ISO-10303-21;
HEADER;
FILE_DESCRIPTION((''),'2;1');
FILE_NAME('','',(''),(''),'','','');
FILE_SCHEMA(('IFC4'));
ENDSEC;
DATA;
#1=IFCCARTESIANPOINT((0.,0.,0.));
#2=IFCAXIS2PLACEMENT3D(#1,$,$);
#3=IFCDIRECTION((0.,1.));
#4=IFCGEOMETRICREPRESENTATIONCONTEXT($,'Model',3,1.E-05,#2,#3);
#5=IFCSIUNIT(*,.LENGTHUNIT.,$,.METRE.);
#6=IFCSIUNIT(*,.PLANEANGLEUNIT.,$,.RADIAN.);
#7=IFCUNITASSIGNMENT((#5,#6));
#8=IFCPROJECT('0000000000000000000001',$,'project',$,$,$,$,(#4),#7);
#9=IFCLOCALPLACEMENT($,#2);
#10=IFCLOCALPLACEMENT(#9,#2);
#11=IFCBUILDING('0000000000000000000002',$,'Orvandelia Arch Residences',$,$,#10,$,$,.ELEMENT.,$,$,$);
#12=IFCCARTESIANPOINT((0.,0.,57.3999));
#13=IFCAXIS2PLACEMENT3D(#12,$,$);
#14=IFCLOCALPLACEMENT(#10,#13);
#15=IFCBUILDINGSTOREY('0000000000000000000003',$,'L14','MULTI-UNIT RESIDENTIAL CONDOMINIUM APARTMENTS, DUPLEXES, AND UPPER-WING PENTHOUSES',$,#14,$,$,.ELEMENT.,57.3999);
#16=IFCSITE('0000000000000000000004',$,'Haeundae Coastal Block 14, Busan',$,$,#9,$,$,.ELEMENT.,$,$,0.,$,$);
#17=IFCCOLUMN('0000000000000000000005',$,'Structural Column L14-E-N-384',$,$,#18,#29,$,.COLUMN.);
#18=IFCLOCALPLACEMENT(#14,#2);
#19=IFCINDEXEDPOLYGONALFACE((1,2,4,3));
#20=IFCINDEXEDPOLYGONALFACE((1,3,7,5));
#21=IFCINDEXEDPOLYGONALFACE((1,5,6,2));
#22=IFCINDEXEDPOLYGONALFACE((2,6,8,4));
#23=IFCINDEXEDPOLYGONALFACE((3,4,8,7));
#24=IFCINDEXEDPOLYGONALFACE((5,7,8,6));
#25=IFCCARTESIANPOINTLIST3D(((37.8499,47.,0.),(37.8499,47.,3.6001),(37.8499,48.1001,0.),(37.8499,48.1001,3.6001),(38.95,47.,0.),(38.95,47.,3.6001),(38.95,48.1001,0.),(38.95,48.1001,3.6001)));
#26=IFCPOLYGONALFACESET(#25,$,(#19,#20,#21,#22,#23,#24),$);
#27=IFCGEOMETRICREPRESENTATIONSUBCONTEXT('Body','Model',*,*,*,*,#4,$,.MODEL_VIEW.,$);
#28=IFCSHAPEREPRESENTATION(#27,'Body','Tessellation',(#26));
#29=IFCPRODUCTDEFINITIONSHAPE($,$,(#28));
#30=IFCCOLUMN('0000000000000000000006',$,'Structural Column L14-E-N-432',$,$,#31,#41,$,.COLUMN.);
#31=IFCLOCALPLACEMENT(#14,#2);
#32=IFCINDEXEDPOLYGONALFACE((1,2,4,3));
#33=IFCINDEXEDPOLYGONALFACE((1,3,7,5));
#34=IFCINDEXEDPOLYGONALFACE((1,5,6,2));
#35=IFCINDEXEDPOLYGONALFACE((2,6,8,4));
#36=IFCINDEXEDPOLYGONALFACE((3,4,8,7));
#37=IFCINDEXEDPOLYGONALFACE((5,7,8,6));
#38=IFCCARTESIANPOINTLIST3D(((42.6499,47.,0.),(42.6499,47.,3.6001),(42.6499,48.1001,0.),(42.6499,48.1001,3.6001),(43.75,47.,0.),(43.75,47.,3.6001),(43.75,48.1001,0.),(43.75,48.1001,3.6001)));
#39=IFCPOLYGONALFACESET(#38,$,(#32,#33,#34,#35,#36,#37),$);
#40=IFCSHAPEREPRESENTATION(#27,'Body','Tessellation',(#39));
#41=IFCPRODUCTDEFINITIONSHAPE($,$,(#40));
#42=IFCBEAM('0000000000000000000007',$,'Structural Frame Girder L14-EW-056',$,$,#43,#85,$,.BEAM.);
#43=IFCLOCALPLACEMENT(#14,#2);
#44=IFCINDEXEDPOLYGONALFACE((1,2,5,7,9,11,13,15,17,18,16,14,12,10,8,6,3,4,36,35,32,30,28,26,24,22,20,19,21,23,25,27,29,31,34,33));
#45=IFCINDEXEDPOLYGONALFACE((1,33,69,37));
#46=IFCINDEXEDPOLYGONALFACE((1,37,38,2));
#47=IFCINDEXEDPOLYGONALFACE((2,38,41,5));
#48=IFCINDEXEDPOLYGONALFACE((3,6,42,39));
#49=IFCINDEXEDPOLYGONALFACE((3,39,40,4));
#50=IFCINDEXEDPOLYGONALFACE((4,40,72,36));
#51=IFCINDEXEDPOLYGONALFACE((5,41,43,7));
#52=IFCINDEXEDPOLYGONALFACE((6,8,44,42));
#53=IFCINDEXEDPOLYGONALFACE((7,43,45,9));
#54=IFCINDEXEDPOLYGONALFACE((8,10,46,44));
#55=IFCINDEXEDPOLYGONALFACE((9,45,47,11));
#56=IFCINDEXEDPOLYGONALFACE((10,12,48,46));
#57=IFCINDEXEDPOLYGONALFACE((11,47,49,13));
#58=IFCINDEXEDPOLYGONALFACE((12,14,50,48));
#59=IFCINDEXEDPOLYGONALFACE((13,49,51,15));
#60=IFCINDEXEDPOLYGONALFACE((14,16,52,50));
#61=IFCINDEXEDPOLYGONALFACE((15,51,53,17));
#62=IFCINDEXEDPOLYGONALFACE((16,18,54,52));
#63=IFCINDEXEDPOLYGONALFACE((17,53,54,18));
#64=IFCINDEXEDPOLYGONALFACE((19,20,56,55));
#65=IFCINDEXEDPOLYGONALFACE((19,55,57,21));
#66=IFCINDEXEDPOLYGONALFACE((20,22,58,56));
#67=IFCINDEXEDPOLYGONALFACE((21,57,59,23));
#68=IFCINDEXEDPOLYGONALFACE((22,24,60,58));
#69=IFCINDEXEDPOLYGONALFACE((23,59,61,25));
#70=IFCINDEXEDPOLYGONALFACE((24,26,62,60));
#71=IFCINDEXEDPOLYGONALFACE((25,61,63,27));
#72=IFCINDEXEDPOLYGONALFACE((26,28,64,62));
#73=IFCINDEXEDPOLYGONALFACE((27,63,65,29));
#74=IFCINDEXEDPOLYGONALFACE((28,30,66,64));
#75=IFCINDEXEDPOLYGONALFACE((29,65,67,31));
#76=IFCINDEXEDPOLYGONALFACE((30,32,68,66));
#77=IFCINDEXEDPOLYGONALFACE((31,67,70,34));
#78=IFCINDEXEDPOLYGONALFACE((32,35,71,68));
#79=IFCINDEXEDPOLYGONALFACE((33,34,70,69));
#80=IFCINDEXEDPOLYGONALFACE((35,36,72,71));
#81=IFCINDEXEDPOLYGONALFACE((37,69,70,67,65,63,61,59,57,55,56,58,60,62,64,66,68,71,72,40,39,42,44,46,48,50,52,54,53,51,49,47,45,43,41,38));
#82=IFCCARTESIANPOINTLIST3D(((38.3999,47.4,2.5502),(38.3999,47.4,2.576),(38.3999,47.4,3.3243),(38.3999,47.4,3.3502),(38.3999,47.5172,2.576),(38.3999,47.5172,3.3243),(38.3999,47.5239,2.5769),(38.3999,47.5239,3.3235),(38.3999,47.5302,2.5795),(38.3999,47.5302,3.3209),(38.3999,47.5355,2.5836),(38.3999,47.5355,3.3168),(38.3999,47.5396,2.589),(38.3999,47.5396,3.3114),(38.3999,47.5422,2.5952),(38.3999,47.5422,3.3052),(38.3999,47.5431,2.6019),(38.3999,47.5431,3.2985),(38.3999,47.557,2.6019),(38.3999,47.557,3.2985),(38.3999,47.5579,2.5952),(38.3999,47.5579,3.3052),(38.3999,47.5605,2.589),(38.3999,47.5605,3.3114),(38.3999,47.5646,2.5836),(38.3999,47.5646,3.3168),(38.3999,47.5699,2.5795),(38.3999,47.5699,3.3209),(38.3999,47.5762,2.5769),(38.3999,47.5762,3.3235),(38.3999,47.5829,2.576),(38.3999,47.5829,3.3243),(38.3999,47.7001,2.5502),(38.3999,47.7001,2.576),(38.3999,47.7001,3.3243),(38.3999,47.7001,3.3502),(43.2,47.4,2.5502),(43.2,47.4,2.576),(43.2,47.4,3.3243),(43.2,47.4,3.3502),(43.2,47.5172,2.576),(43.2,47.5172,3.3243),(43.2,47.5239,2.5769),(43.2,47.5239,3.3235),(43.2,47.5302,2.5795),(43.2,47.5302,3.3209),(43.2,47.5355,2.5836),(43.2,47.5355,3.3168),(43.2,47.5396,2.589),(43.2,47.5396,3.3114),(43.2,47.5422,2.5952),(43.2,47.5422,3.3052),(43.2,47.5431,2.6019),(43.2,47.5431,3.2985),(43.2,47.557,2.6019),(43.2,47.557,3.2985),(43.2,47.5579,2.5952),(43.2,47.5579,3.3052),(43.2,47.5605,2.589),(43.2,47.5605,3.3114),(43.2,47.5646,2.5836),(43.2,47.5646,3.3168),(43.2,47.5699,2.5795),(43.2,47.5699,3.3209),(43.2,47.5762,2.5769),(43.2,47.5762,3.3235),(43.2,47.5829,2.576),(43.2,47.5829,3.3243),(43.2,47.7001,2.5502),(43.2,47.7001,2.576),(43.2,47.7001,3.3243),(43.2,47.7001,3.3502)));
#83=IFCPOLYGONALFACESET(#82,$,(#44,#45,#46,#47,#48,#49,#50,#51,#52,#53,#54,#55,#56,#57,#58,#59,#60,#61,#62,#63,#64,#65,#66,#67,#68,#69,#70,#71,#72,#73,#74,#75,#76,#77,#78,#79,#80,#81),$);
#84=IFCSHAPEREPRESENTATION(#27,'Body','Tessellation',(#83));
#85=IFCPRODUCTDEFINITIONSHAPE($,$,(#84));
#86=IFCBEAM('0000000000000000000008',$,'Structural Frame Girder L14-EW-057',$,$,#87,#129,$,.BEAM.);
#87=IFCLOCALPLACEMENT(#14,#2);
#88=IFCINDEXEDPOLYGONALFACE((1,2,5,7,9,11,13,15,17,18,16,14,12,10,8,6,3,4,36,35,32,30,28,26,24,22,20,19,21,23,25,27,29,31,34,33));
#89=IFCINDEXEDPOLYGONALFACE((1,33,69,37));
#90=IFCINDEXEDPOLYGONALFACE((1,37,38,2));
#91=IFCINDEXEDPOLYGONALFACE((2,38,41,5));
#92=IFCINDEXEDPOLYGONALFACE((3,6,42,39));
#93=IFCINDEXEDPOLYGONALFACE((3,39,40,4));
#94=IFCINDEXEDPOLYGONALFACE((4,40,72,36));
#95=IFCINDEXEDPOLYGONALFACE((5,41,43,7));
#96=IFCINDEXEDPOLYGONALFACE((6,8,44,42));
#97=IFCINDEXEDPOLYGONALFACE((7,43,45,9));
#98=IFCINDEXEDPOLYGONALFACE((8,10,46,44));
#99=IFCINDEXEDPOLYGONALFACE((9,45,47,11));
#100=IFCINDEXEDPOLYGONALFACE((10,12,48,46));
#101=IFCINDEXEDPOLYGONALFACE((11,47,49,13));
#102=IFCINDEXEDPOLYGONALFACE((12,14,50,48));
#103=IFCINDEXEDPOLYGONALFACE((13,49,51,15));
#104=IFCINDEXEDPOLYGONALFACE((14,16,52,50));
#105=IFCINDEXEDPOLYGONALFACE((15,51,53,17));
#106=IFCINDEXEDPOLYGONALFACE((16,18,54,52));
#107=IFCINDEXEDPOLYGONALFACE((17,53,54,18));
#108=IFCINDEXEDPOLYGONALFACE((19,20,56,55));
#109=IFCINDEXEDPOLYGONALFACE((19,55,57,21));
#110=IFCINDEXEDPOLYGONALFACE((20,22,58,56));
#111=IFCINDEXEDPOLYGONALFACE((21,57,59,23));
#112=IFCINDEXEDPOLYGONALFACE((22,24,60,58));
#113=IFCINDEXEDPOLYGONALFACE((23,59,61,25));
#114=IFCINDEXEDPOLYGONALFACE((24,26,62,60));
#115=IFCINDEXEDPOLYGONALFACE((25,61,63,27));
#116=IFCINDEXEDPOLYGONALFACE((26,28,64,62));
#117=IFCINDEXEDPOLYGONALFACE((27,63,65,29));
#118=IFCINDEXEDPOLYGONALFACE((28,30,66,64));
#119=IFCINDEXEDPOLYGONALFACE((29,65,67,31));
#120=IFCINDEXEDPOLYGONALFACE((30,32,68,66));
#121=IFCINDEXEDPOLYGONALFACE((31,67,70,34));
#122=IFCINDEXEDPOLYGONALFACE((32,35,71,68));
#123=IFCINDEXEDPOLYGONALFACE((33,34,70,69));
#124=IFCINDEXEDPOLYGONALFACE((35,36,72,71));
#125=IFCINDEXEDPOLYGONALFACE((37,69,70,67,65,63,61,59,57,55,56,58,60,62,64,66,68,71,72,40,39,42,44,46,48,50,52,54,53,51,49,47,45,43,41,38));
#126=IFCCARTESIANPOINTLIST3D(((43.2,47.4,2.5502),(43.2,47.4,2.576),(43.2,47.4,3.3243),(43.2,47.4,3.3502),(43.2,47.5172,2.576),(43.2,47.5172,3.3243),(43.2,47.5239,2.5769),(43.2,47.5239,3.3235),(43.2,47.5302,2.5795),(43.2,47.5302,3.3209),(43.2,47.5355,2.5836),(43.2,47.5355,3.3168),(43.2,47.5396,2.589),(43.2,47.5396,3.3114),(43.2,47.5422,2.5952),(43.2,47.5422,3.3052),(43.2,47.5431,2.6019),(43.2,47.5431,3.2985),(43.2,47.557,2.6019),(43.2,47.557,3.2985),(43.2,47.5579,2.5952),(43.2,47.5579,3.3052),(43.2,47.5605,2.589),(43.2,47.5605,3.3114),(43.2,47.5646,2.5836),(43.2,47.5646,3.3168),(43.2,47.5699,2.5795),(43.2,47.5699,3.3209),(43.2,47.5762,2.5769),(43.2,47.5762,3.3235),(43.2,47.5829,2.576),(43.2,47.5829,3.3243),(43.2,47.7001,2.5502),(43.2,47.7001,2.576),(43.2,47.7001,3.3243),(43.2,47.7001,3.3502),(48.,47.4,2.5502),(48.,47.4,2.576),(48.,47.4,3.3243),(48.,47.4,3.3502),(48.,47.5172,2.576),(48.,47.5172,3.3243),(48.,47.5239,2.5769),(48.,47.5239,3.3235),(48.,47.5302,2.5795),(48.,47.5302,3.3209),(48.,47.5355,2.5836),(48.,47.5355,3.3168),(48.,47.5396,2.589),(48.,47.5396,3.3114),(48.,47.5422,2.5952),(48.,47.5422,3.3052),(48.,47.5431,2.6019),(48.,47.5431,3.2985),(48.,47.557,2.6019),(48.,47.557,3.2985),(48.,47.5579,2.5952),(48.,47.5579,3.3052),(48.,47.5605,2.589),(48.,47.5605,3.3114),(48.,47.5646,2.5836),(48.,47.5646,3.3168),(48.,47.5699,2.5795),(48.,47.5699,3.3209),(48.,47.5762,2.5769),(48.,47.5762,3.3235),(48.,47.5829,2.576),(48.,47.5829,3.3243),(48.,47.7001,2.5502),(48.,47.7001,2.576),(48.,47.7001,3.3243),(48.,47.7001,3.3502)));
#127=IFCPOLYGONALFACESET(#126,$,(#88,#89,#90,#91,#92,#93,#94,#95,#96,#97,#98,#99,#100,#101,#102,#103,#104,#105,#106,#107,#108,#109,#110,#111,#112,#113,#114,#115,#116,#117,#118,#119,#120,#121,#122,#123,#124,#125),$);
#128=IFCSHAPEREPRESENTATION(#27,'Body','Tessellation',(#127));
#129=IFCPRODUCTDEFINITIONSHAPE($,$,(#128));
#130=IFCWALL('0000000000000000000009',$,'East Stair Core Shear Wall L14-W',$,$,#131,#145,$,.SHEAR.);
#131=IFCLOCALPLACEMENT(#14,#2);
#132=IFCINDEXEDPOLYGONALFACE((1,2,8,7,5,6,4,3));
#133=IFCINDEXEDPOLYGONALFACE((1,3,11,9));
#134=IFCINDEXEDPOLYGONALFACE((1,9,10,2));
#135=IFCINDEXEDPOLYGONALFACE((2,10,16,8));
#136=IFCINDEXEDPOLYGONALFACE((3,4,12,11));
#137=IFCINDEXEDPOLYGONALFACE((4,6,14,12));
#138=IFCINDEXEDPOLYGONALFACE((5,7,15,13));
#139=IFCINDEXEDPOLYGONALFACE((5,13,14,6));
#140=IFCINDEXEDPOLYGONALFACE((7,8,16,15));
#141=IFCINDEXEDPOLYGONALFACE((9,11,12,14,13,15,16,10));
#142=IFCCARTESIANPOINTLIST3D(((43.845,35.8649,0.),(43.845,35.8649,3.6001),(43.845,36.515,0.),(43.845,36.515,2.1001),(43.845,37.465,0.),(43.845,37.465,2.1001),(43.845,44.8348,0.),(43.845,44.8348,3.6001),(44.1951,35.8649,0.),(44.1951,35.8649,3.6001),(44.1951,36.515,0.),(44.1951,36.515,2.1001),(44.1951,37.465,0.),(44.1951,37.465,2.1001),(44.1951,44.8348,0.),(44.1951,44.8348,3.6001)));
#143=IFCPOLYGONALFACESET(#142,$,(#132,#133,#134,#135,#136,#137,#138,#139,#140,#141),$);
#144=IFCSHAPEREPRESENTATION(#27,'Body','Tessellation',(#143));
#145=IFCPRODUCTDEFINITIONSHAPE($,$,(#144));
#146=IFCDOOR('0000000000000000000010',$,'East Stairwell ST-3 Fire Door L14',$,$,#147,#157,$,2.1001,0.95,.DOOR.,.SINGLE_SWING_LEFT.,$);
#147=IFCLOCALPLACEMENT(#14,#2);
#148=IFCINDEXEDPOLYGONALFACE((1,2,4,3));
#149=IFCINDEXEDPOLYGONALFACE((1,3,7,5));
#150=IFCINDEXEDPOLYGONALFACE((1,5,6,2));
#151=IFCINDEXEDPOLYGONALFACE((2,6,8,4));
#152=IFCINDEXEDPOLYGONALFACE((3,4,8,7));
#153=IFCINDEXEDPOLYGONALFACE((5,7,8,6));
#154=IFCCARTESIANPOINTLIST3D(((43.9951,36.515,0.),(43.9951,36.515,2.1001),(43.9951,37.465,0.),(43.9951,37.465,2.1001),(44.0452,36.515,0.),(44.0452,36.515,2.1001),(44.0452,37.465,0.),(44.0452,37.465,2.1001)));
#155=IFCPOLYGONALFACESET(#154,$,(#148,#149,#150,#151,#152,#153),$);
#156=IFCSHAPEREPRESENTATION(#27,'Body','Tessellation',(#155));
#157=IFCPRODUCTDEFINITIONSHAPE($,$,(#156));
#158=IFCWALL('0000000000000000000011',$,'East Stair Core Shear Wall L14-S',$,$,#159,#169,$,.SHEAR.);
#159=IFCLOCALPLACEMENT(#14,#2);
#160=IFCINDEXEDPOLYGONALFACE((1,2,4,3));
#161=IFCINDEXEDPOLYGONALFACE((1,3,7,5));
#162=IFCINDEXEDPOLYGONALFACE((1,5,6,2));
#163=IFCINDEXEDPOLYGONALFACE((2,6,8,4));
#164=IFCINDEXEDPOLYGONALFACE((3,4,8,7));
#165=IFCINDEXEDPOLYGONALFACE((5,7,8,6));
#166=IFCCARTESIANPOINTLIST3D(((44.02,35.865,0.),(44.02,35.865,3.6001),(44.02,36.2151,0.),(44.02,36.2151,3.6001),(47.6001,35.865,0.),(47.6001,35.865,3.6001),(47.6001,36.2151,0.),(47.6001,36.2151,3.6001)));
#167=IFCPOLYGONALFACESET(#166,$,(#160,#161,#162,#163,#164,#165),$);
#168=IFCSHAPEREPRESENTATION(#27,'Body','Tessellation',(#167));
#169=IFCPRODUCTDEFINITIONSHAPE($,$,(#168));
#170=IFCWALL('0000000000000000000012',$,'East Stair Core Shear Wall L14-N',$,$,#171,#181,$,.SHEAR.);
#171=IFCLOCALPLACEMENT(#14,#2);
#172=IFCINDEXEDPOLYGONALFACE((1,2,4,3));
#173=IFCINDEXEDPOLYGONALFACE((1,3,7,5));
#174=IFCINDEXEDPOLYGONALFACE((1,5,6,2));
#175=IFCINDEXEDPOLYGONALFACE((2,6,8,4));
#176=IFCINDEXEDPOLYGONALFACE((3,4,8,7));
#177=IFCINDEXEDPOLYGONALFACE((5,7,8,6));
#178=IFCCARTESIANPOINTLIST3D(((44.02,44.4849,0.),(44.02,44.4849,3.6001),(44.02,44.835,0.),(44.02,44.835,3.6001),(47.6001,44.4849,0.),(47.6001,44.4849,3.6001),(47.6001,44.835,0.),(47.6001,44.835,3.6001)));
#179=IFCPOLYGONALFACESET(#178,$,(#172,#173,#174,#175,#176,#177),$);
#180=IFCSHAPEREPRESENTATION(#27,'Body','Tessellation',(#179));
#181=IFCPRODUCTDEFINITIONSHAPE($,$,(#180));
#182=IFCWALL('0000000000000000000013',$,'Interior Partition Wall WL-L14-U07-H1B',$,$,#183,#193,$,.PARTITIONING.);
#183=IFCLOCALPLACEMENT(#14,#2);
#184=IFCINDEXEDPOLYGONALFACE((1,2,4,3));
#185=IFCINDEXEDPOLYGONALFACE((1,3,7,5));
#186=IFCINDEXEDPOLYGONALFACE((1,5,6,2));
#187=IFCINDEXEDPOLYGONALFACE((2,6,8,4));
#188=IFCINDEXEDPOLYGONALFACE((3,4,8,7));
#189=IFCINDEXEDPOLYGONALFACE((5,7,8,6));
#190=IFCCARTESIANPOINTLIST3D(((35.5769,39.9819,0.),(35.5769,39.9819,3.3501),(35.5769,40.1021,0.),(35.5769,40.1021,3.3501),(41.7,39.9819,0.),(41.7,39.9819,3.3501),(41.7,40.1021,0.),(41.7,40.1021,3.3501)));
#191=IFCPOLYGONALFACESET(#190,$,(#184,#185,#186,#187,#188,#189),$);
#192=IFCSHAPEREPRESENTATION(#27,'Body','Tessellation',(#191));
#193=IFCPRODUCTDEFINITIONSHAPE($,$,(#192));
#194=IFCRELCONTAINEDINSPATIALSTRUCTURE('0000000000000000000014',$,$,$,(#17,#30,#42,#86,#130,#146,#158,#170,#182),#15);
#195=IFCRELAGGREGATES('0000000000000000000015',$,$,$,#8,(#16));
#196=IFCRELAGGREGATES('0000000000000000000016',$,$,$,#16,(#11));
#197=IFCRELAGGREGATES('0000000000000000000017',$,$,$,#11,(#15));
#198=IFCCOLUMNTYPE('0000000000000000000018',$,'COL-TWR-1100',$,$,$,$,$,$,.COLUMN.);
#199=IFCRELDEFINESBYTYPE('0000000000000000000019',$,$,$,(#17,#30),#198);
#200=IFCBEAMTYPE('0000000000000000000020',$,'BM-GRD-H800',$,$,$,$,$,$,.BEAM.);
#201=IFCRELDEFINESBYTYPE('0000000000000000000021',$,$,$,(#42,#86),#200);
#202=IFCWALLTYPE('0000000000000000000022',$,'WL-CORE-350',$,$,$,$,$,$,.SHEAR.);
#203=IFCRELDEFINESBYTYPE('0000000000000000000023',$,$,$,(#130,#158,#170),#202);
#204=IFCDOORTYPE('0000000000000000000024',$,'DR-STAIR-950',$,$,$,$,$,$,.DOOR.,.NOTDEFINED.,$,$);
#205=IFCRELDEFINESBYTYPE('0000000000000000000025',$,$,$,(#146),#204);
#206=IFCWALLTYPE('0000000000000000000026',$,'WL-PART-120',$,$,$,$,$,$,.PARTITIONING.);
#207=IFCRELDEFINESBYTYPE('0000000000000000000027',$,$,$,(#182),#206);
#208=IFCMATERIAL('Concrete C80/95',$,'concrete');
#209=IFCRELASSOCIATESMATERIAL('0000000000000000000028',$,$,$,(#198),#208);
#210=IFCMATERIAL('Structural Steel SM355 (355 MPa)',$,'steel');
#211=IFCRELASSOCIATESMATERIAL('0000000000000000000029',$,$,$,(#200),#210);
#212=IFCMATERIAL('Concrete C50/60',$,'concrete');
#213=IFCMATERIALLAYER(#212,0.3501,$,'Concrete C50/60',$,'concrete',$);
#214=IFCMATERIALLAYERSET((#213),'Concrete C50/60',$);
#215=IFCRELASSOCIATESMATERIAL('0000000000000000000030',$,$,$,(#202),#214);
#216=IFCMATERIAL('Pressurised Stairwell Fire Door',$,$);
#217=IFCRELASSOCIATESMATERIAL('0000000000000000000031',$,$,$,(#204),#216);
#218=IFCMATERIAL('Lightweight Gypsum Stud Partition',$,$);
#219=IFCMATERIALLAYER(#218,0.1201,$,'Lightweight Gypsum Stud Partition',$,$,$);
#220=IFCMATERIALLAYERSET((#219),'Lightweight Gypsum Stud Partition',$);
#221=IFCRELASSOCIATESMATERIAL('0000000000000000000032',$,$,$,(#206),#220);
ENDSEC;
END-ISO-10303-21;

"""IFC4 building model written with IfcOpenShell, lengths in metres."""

from ifc_helpers import new_model, si_unit, direction, frame, frame_2d, origin, origin_2d, place, context, subcontext, project, spatial, rectangle, i_section, extrude, material, layer, layer_set, material_profile, profile_set, type_object, element, fill, save


model = new_model("IFC4")

# Units and contexts
model_context = context("Model", 3, precision=1e-05, world=origin(), true_north=direction((0.0, 1.0)))
body_context = subcontext(model_context, "Body", "Model", "MODEL_VIEW")
ifc_project = project(units=[si_unit("LENGTHUNIT", "METRE"), si_unit("PLANEANGLEUNIT", "RADIAN")], contexts=[model_context])

# Site, building, storey
site_placement = place(None, origin())
site = spatial("IfcSite", under=ifc_project, at=site_placement, Name="Haeundae Coastal Block 14, Busan", CompositionType="ELEMENT", RefElevation=0.0)
building_placement = place(site_placement, origin())
building = spatial("IfcBuilding", under=site, at=building_placement, Name="Orvandelia Arch Residences", CompositionType="ELEMENT")
storey_placement = place(building_placement, frame((0.0, 0.0, 57.3999)))
storey = spatial("IfcBuildingStorey", under=building, at=storey_placement, Name="L14", Description="MULTI-UNIT RESIDENTIAL CONDOMINIUM APARTMENTS, DUPLEXES, AND UPPER-WING PENTHOUSES", CompositionType="ELEMENT", Elevation=57.3999)

# Columns
ifc_material_1 = material(Name="Concrete C80/95", Category="concrete")
ifc_material_profile_1 = material_profile(ifc_material_1, rectangle(XDim=1.1001, YDim=1.1001, at=origin_2d()), Name="Concrete C80/95", Category="concrete")
ifc_profile_set_1 = profile_set([ifc_material_profile_1], Name="Concrete C80/95")
column_type = type_object("IfcColumnType", Name="COL-TWR-1100", PredefinedType="COLUMN", material=ifc_profile_set_1)
for number, where, z_axis, x_axis, name in (
    (1, (38.3999, 47.55, 0.0), (0.0, 0.0, 1.0), (1.0, 0.0, 0.0), "Structural Column L14-E-N-384"),
    (2, (43.2, 47.55, 0.0), (0.0, 0.0, 1.0), (1.0, 0.0, 0.0), "Structural Column L14-E-N-432"),
):
    element("IfcColumn", number, at=place(storey_placement, frame(where, z_axis=z_axis, x_axis=x_axis)), inside=storey, type_object=column_type, Name=name, PredefinedType="COLUMN", context=body_context, shape_type="SweptSolid", body=[
        extrude(rectangle(XDim=1.1001, YDim=1.1001, at=origin_2d()), origin(), (0.0, 0.0, 1.0), 3.6001),
    ])

# Beams
ifc_material_2 = material(Name="Structural Steel SM355 (355 MPa)", Category="steel")
ifc_material_profile_2 = material_profile(ifc_material_2, i_section(OverallWidth=0.3, OverallDepth=0.8, WebThickness=0.0139, FlangeThickness=0.0259, FilletRadius=0.0259, at=origin_2d()), Name="Structural Steel SM355 (355 MPa)", Category="steel")
ifc_profile_set_2 = profile_set([ifc_material_profile_2], Name="Structural Steel SM355 (355 MPa)")
beam_type = type_object("IfcBeamType", Name="BM-GRD-H800", PredefinedType="BEAM", material=ifc_profile_set_2)
for number, where, z_axis, x_axis, name in (
    (3, (38.3999, 47.55, 2.9502), (1.0, 0.0, 0.0), (0.0, 1.0, 0.0), "Structural Frame Girder L14-EW-056"),
    (4, (43.2, 47.55, 2.9502), (1.0, 0.0, 0.0), (0.0, 1.0, 0.0), "Structural Frame Girder L14-EW-057"),
):
    element("IfcBeam", number, at=place(storey_placement, frame(where, z_axis=z_axis, x_axis=x_axis)), inside=storey, type_object=beam_type, Name=name, PredefinedType="BEAM", context=body_context, shape_type="SweptSolid", body=[
        extrude(i_section(OverallWidth=0.3, OverallDepth=0.8, WebThickness=0.0139, FlangeThickness=0.0259, FilletRadius=0.0259, at=origin_2d()), origin(), (0.0, 0.0, 1.0), 4.8),
    ])

# Wall, opening, door
ifc_material_3 = material(Name="Concrete C50/60", Category="concrete")
ifc_layer_1 = layer(ifc_material_3, 0.3501, Name="Concrete C50/60", Category="concrete")
ifc_layer_set_1 = layer_set([ifc_layer_1], Name="Concrete C50/60")
wall_type_1 = type_object("IfcWallType", Name="WL-CORE-350", PredefinedType="SHEAR", material=ifc_layer_set_1)
wall_1_placement = place(storey_placement, frame((44.02, 35.865, 0.0), z_axis=(0.0, 0.0, 1.0), x_axis=(0.0, 1.0, 0.0)))
wall_1 = element("IfcWall", 5, at=wall_1_placement, inside=storey, type_object=wall_type_1, Name="East Stair Core Shear Wall L14-W", PredefinedType="SHEAR", context=body_context, shape_type="SweptSolid", body=[
    extrude(rectangle(XDim=8.97, YDim=0.3501, at=frame_2d((4.4849, 0.0))), origin(), (0.0, 0.0, 1.0), 3.6001),
])
opening_1_placement = place(wall_1_placement, frame((0.6499, 0.0, 0.0)))
opening_1 = element("IfcOpeningElement", 6, at=opening_1_placement, cuts=wall_1, PredefinedType="OPENING", context=body_context, shape_type="SweptSolid", body=[
    extrude(rectangle(XDim=0.95, YDim=2.1001, at=frame_2d((0.4751, 1.05))), frame((0.0, 0.1851, 0.0), z_axis=(0.0, -1.0, 0.0), x_axis=(1.0, 0.0, 0.0)), (0.0, 0.0, 1.0), 0.3701),
])
ifc_material_4 = material(Name="Pressurised Stairwell Fire Door")
door_type_1 = type_object("IfcDoorType", Name="DR-STAIR-950", OperationType="NOTDEFINED", PredefinedType="DOOR", material=ifc_material_4)
door_1_placement = place(opening_1_placement, origin())
door_1 = element("IfcDoor", 7, at=door_1_placement, inside=storey, type_object=door_type_1, Name="East Stairwell ST-3 Fire Door L14", OperationType="SINGLE_SWING_LEFT", OverallHeight=2.1001, OverallWidth=0.95, PredefinedType="DOOR", context=body_context, shape_type="SweptSolid", body=[
    extrude(rectangle(XDim=0.95, YDim=2.1001, at=frame_2d((0.4751, 1.05))), frame((0.0, 0.0249, 0.0), z_axis=(0.0, -1.0, 0.0), x_axis=(1.0, 0.0, 0.0)), (0.0, 0.0, 1.0), 0.05),
])
fill(opening_1, door_1)

# Walls
for number, where, z_axis, x_axis, name in (
    (8, (44.02, 36.04, 0.0), (0.0, 0.0, 1.0), (1.0, 0.0, 0.0), "East Stair Core Shear Wall L14-S"),
    (9, (44.02, 44.6599, 0.0), (0.0, 0.0, 1.0), (1.0, 0.0, 0.0), "East Stair Core Shear Wall L14-N"),
):
    element("IfcWall", number, at=place(storey_placement, frame(where, z_axis=z_axis, x_axis=x_axis)), inside=storey, type_object=wall_type_1, Name=name, PredefinedType="SHEAR", context=body_context, shape_type="SweptSolid", body=[
        extrude(rectangle(XDim=3.5801, YDim=0.3501, at=frame_2d((1.79, 0.0))), origin(), (0.0, 0.0, 1.0), 3.6001),
    ])

# Wall
ifc_material_5 = material(Name="Lightweight Gypsum Stud Partition")
ifc_layer_2 = layer(ifc_material_5, 0.1201, Name="Lightweight Gypsum Stud Partition")
ifc_layer_set_2 = layer_set([ifc_layer_2], Name="Lightweight Gypsum Stud Partition")
wall_type_2 = type_object("IfcWallType", Name="WL-PART-120", PredefinedType="PARTITIONING", material=ifc_layer_set_2)
for number, where, z_axis, x_axis, name in (
    (10, (35.5769, 40.042, 0.0), (0.0, 0.0, 1.0), (1.0, 0.0, 0.0), "Interior Partition Wall WL-L14-U07-H1B"),
):
    element("IfcWall", number, at=place(storey_placement, frame(where, z_axis=z_axis, x_axis=x_axis)), inside=storey, type_object=wall_type_2, Name=name, PredefinedType="PARTITIONING", context=body_context, shape_type="SweptSolid", body=[
        extrude(rectangle(XDim=6.123, YDim=0.1201, at=frame_2d((3.0615, 0.0))), origin(), (0.0, 0.0, 1.0), 3.3501),
    ])

save(model, "model.ifc")
